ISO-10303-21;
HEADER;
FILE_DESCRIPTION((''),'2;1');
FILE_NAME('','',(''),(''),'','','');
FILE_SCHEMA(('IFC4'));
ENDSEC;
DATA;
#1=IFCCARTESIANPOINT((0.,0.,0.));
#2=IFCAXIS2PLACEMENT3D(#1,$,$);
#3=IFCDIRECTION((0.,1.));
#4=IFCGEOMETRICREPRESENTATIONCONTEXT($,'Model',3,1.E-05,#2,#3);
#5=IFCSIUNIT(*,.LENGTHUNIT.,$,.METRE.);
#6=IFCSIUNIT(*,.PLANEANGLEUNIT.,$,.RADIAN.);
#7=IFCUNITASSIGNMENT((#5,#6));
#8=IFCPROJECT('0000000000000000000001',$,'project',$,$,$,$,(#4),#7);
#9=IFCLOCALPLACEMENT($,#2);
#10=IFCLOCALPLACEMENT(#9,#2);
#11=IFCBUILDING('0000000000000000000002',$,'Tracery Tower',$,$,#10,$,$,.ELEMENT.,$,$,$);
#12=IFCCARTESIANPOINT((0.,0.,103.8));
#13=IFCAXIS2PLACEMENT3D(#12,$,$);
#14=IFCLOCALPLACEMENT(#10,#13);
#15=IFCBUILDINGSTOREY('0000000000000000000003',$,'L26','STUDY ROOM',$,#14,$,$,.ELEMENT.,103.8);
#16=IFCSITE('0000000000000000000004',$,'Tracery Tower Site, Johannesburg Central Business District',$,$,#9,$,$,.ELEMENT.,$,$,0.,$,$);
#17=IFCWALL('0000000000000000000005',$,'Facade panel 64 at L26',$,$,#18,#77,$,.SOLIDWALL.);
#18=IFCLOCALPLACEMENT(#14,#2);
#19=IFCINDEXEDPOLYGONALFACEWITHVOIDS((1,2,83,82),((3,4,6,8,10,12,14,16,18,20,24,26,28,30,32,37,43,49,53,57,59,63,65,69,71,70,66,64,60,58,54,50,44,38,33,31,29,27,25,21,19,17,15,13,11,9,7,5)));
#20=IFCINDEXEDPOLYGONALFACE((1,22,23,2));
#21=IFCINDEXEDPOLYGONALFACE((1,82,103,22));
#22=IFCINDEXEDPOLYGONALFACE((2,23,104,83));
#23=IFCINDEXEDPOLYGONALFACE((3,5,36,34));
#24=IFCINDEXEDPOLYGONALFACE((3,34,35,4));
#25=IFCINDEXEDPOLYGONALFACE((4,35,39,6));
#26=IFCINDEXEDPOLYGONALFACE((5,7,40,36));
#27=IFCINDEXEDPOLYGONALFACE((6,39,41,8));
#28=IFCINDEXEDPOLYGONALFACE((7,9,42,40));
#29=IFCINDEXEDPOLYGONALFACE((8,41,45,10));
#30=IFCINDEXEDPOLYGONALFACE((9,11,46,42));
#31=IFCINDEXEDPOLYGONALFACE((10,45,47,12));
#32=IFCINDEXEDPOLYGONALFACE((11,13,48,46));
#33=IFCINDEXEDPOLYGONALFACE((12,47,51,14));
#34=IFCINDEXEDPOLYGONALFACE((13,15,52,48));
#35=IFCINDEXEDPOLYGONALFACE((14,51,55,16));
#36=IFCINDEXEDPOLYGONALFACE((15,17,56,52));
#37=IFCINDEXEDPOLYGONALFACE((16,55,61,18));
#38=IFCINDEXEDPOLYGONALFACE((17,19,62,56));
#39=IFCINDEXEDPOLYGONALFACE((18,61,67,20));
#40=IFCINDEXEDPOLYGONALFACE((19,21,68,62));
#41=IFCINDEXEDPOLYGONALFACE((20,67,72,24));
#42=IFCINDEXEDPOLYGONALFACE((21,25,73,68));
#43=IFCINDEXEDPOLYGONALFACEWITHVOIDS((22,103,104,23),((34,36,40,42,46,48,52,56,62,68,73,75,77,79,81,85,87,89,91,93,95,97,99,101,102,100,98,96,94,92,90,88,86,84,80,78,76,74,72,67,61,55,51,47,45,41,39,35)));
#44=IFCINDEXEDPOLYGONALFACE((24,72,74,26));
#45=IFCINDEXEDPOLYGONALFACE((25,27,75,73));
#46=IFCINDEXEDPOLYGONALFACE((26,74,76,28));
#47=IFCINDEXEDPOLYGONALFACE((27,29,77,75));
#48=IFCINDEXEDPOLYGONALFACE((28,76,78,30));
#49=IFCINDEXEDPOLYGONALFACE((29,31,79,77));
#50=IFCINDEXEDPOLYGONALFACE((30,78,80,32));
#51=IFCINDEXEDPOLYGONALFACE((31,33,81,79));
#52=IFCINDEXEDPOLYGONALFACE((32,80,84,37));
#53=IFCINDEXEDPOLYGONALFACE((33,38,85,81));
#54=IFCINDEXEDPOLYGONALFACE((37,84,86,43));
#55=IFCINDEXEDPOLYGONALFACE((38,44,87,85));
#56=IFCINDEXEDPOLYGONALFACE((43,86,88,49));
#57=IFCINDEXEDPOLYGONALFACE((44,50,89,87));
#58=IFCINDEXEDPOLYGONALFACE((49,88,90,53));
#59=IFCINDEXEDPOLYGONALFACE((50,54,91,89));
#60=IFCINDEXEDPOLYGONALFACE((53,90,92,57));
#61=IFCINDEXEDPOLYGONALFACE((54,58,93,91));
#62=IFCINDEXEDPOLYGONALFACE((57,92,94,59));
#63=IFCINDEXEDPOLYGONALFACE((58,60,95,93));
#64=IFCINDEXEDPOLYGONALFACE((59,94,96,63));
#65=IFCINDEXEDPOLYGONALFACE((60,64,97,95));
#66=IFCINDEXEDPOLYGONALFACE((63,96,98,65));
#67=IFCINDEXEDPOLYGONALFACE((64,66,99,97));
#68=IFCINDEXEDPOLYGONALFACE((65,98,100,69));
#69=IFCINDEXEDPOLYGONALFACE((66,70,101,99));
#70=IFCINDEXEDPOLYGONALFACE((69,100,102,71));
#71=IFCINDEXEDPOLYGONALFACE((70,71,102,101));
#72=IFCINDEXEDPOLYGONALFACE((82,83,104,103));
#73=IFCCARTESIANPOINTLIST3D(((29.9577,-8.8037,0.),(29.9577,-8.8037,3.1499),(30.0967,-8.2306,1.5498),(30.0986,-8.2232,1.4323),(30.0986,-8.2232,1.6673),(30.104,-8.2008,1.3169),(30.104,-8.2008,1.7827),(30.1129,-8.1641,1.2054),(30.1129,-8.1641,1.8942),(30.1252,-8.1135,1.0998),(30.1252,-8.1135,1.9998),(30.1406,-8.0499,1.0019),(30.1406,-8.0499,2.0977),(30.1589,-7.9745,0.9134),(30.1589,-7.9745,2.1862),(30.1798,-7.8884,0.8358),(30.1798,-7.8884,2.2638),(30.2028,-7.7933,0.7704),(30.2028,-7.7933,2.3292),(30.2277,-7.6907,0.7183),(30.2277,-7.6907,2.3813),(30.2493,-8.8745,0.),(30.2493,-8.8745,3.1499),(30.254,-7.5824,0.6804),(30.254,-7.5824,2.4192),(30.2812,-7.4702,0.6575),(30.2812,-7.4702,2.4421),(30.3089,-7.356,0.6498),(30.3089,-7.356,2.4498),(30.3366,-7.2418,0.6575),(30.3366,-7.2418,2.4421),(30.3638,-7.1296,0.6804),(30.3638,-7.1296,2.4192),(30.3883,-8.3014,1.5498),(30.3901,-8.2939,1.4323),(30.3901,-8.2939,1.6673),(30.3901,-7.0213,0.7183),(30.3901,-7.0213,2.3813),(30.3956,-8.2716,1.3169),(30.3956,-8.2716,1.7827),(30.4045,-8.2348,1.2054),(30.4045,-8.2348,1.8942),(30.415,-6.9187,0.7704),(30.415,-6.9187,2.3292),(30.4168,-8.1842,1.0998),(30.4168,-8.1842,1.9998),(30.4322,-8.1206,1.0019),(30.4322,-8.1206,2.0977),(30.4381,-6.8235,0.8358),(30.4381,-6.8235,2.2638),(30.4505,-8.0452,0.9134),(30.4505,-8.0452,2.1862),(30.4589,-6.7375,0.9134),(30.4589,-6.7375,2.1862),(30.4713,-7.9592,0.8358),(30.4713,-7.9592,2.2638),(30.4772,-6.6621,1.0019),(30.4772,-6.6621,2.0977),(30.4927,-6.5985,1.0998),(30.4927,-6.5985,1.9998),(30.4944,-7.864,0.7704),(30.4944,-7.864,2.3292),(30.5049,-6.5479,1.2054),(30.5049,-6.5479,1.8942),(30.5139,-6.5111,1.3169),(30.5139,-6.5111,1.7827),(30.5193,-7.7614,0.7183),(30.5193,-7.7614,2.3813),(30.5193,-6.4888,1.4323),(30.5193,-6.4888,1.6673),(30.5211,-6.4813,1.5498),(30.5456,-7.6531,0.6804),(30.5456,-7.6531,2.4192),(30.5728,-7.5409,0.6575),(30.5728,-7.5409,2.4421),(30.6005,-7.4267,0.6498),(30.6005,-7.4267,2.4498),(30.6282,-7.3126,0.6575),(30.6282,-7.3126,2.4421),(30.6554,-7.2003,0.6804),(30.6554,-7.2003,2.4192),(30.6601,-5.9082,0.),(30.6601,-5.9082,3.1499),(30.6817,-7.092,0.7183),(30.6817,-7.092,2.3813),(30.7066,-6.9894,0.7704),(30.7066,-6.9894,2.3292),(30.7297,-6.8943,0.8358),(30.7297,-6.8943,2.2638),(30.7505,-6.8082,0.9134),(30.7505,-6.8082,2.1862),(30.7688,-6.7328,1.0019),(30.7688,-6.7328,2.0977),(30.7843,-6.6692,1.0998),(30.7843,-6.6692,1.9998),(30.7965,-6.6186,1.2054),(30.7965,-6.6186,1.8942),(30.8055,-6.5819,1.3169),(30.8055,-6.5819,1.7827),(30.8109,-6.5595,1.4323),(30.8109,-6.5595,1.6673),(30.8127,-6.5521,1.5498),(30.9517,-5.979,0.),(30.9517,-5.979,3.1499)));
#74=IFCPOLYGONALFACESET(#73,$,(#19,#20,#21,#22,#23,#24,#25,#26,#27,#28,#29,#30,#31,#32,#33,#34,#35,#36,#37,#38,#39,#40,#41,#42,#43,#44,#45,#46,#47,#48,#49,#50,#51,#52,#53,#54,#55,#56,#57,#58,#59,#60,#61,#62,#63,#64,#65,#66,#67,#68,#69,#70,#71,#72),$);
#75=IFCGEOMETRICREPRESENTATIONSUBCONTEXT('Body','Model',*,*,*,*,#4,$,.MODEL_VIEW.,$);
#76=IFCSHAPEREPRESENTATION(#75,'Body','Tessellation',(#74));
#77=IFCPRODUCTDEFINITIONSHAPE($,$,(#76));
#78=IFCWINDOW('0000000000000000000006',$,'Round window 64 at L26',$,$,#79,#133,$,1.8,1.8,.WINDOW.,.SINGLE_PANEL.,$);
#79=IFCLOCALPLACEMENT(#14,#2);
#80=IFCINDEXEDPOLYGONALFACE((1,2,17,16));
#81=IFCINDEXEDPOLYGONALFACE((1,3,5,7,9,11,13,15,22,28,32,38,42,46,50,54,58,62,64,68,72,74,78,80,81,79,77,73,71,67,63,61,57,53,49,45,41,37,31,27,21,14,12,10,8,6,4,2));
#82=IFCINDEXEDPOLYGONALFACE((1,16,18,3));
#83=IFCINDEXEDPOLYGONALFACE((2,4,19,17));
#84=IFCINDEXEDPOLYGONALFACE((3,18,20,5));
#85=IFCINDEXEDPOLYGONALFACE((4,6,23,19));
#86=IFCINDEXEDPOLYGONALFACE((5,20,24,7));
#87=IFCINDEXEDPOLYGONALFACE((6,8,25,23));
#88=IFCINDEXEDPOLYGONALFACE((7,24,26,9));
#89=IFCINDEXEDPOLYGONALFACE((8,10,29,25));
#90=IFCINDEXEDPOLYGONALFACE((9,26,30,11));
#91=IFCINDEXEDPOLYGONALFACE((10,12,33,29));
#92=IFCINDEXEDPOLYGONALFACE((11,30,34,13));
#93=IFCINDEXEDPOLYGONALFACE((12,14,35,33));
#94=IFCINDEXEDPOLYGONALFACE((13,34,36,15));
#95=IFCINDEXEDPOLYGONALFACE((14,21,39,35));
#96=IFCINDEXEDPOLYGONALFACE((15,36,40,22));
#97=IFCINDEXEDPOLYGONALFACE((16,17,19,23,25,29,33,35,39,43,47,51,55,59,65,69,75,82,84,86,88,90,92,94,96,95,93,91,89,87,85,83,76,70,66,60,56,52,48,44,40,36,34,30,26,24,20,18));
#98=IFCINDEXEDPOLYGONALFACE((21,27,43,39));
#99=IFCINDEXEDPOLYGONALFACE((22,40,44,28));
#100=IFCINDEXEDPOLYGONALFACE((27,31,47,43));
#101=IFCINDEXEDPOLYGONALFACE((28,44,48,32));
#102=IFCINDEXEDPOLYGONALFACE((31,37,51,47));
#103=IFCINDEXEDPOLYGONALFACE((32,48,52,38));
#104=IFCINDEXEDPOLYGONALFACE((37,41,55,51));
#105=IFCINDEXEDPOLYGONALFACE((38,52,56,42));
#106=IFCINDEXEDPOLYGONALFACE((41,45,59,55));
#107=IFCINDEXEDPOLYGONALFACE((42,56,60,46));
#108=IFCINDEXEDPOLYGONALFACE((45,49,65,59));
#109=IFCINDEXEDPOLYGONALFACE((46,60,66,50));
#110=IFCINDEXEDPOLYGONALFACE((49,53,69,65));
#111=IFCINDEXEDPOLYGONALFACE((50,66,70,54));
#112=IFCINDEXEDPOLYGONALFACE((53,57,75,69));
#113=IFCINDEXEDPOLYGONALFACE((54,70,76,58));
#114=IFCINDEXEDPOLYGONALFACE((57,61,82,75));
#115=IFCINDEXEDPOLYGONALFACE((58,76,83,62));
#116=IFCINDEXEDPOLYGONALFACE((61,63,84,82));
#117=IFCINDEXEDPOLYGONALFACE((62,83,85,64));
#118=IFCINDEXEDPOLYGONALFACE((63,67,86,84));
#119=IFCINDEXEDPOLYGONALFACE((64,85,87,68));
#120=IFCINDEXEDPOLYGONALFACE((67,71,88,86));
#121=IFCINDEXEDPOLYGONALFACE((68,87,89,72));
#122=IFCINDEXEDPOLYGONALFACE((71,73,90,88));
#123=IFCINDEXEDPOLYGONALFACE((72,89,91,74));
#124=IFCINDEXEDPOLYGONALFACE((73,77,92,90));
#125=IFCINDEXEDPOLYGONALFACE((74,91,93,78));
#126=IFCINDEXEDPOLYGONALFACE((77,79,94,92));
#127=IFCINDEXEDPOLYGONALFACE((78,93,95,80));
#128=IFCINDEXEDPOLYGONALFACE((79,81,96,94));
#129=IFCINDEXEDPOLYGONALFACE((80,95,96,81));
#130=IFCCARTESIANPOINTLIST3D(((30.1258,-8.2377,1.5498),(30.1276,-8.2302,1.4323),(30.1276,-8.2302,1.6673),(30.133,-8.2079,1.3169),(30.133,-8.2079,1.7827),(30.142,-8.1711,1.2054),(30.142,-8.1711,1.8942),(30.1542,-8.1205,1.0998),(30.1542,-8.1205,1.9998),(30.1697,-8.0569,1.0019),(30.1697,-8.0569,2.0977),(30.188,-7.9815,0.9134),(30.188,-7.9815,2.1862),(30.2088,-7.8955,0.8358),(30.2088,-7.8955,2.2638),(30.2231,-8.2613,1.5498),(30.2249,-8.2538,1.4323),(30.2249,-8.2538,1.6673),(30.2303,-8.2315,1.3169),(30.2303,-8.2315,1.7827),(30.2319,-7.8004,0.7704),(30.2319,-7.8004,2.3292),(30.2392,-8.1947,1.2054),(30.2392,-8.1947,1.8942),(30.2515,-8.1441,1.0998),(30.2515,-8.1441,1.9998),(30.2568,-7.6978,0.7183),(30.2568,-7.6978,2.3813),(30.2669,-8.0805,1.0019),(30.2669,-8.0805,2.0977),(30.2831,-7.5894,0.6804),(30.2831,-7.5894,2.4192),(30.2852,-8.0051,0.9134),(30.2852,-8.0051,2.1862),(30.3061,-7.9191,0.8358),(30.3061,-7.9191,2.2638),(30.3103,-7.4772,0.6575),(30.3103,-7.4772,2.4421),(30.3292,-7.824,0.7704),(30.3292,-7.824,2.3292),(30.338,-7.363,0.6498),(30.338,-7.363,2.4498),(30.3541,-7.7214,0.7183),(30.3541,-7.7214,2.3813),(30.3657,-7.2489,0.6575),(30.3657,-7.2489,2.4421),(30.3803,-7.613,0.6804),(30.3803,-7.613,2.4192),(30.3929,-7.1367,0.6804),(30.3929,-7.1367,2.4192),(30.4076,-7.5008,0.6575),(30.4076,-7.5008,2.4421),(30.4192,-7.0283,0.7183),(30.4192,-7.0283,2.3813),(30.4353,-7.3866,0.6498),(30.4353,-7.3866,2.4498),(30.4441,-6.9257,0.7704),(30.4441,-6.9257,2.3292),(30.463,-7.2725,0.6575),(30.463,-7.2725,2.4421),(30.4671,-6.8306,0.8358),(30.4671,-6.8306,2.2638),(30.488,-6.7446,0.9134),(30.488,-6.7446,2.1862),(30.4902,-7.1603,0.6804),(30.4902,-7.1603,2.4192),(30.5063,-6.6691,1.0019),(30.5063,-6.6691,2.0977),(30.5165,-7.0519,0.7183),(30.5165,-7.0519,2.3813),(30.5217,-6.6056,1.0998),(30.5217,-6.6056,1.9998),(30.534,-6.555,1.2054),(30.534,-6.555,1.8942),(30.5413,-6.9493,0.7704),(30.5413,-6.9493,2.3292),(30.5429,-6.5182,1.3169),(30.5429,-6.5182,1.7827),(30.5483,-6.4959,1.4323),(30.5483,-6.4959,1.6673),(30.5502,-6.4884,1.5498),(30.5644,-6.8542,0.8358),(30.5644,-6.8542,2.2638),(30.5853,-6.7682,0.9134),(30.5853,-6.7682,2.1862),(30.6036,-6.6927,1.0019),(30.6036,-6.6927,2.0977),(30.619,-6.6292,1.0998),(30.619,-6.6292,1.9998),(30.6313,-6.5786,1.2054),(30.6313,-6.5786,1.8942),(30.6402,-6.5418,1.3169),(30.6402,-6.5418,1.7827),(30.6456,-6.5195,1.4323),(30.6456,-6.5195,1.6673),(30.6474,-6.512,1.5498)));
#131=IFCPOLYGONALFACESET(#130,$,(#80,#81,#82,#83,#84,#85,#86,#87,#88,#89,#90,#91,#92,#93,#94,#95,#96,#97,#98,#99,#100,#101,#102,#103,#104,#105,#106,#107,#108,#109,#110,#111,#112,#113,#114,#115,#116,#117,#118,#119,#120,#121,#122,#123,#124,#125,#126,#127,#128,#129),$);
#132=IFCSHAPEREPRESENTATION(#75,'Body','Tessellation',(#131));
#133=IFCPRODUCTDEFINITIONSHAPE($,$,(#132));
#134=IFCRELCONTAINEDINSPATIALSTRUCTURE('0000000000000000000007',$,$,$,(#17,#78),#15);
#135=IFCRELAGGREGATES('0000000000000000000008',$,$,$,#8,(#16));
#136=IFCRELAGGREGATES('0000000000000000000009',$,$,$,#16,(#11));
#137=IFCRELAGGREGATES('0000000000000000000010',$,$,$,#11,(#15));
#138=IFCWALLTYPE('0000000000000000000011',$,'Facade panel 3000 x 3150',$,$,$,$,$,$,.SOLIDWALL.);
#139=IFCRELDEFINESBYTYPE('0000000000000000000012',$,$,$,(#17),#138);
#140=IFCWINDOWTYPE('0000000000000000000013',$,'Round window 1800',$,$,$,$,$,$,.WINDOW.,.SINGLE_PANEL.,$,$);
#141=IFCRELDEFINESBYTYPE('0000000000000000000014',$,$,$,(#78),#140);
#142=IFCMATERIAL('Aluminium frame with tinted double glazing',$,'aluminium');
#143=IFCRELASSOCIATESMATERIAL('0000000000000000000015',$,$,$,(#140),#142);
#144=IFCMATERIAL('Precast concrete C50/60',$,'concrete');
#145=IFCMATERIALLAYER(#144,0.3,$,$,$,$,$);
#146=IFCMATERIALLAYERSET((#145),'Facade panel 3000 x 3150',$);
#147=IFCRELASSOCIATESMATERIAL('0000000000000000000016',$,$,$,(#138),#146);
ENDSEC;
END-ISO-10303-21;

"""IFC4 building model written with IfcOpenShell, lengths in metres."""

from ifc_helpers import new_model, si_unit, direction, frame, frame_2d, origin, origin_2d, place, context, subcontext, project, spatial, rectangle, circle, extrude, material, layer, layer_set, type_object, element, fill, save


model = new_model("IFC4")

# Units and contexts
model_context = context("Model", 3, precision=1e-05, world=origin(), true_north=direction((0.0, 1.0)))
body_context = subcontext(model_context, "Body", "Model", "MODEL_VIEW")
ifc_project = project(units=[si_unit("LENGTHUNIT", "METRE"), si_unit("PLANEANGLEUNIT", "RADIAN")], contexts=[model_context])

# Site, building, storey
site_placement = place(None, origin())
site = spatial("IfcSite", under=ifc_project, at=site_placement, Name="Tracery Tower Site, Johannesburg Central Business District", CompositionType="ELEMENT", RefElevation=0.0)
building_placement = place(site_placement, origin())
building = spatial("IfcBuilding", under=site, at=building_placement, Name="Tracery Tower", CompositionType="ELEMENT")
storey_placement = place(building_placement, frame((0.0, 0.0, 103.8)))
storey = spatial("IfcBuildingStorey", under=building, at=storey_placement, Name="L26", Description="STUDY ROOM", CompositionType="ELEMENT", Elevation=103.8)

# Wall, opening, window
ifc_material_1 = material(Name="Aluminium frame with tinted double glazing", Category="aluminium")
window_type = type_object("IfcWindowType", Name="Round window 1800", PartitioningType="SINGLE_PANEL", PredefinedType="WINDOW", material=ifc_material_1)
ifc_material_2 = material(Name="Precast concrete C50/60", Category="concrete")
ifc_layer_1 = layer(ifc_material_2, 0.3)
ifc_layer_set_1 = layer_set([ifc_layer_1], Name="Facade panel 3000 x 3150")
wall_type_1 = type_object("IfcWallType", Name="Facade panel 3000 x 3150", PredefinedType="SOLIDWALL", material=ifc_layer_set_1)
wall_1_placement = place(storey_placement, frame((30.1035, -8.8391, 0.0), z_axis=(0.0, 0.0, 1.0), x_axis=(0.235743, 0.971815, 0.0)))
wall_1 = element("IfcWall", 1, at=wall_1_placement, inside=storey, type_object=wall_type_1, Name="Facade panel 64 at L26", PredefinedType="SOLIDWALL", context=body_context, shape_type="SweptSolid", body=[
    extrude(rectangle(XDim=2.9795, YDim=0.3, at=frame_2d((1.4897, 0.0))), origin(), (0.0, 0.0, 1.0), 3.1499),
])
opening_1_placement = place(wall_1_placement, frame((1.4897, 0.0, 1.5498)))
opening_1 = element("IfcOpeningElement", 2, at=opening_1_placement, cuts=wall_1, PredefinedType="OPENING", context=body_context, shape_type="SweptSolid", body=[
    extrude(circle(Radius=0.9, at=origin_2d()), frame((0.0, 0.1599, 0.0), z_axis=(0.0, -1.0, 0.0), x_axis=(1.0, 0.0, 0.0)), (0.0, 0.0, 1.0), 0.3201),
])
window_1_placement = place(opening_1_placement, origin())
window_1 = element("IfcWindow", 3, at=window_1_placement, inside=storey, type_object=window_type, Name="Round window 64 at L26", OverallHeight=1.8, OverallWidth=1.8, PartitioningType="SINGLE_PANEL", PredefinedType="WINDOW", context=body_context, shape_type="SweptSolid", body=[
    extrude(circle(Radius=0.9, at=origin_2d()), frame((0.0, 0.1201, 0.0), z_axis=(0.0, -1.0, 0.0), x_axis=(1.0, 0.0, 0.0)), (0.0, 0.0, 1.0), 0.1001),
])
fill(opening_1, window_1)

save(model, "model.ifc")
